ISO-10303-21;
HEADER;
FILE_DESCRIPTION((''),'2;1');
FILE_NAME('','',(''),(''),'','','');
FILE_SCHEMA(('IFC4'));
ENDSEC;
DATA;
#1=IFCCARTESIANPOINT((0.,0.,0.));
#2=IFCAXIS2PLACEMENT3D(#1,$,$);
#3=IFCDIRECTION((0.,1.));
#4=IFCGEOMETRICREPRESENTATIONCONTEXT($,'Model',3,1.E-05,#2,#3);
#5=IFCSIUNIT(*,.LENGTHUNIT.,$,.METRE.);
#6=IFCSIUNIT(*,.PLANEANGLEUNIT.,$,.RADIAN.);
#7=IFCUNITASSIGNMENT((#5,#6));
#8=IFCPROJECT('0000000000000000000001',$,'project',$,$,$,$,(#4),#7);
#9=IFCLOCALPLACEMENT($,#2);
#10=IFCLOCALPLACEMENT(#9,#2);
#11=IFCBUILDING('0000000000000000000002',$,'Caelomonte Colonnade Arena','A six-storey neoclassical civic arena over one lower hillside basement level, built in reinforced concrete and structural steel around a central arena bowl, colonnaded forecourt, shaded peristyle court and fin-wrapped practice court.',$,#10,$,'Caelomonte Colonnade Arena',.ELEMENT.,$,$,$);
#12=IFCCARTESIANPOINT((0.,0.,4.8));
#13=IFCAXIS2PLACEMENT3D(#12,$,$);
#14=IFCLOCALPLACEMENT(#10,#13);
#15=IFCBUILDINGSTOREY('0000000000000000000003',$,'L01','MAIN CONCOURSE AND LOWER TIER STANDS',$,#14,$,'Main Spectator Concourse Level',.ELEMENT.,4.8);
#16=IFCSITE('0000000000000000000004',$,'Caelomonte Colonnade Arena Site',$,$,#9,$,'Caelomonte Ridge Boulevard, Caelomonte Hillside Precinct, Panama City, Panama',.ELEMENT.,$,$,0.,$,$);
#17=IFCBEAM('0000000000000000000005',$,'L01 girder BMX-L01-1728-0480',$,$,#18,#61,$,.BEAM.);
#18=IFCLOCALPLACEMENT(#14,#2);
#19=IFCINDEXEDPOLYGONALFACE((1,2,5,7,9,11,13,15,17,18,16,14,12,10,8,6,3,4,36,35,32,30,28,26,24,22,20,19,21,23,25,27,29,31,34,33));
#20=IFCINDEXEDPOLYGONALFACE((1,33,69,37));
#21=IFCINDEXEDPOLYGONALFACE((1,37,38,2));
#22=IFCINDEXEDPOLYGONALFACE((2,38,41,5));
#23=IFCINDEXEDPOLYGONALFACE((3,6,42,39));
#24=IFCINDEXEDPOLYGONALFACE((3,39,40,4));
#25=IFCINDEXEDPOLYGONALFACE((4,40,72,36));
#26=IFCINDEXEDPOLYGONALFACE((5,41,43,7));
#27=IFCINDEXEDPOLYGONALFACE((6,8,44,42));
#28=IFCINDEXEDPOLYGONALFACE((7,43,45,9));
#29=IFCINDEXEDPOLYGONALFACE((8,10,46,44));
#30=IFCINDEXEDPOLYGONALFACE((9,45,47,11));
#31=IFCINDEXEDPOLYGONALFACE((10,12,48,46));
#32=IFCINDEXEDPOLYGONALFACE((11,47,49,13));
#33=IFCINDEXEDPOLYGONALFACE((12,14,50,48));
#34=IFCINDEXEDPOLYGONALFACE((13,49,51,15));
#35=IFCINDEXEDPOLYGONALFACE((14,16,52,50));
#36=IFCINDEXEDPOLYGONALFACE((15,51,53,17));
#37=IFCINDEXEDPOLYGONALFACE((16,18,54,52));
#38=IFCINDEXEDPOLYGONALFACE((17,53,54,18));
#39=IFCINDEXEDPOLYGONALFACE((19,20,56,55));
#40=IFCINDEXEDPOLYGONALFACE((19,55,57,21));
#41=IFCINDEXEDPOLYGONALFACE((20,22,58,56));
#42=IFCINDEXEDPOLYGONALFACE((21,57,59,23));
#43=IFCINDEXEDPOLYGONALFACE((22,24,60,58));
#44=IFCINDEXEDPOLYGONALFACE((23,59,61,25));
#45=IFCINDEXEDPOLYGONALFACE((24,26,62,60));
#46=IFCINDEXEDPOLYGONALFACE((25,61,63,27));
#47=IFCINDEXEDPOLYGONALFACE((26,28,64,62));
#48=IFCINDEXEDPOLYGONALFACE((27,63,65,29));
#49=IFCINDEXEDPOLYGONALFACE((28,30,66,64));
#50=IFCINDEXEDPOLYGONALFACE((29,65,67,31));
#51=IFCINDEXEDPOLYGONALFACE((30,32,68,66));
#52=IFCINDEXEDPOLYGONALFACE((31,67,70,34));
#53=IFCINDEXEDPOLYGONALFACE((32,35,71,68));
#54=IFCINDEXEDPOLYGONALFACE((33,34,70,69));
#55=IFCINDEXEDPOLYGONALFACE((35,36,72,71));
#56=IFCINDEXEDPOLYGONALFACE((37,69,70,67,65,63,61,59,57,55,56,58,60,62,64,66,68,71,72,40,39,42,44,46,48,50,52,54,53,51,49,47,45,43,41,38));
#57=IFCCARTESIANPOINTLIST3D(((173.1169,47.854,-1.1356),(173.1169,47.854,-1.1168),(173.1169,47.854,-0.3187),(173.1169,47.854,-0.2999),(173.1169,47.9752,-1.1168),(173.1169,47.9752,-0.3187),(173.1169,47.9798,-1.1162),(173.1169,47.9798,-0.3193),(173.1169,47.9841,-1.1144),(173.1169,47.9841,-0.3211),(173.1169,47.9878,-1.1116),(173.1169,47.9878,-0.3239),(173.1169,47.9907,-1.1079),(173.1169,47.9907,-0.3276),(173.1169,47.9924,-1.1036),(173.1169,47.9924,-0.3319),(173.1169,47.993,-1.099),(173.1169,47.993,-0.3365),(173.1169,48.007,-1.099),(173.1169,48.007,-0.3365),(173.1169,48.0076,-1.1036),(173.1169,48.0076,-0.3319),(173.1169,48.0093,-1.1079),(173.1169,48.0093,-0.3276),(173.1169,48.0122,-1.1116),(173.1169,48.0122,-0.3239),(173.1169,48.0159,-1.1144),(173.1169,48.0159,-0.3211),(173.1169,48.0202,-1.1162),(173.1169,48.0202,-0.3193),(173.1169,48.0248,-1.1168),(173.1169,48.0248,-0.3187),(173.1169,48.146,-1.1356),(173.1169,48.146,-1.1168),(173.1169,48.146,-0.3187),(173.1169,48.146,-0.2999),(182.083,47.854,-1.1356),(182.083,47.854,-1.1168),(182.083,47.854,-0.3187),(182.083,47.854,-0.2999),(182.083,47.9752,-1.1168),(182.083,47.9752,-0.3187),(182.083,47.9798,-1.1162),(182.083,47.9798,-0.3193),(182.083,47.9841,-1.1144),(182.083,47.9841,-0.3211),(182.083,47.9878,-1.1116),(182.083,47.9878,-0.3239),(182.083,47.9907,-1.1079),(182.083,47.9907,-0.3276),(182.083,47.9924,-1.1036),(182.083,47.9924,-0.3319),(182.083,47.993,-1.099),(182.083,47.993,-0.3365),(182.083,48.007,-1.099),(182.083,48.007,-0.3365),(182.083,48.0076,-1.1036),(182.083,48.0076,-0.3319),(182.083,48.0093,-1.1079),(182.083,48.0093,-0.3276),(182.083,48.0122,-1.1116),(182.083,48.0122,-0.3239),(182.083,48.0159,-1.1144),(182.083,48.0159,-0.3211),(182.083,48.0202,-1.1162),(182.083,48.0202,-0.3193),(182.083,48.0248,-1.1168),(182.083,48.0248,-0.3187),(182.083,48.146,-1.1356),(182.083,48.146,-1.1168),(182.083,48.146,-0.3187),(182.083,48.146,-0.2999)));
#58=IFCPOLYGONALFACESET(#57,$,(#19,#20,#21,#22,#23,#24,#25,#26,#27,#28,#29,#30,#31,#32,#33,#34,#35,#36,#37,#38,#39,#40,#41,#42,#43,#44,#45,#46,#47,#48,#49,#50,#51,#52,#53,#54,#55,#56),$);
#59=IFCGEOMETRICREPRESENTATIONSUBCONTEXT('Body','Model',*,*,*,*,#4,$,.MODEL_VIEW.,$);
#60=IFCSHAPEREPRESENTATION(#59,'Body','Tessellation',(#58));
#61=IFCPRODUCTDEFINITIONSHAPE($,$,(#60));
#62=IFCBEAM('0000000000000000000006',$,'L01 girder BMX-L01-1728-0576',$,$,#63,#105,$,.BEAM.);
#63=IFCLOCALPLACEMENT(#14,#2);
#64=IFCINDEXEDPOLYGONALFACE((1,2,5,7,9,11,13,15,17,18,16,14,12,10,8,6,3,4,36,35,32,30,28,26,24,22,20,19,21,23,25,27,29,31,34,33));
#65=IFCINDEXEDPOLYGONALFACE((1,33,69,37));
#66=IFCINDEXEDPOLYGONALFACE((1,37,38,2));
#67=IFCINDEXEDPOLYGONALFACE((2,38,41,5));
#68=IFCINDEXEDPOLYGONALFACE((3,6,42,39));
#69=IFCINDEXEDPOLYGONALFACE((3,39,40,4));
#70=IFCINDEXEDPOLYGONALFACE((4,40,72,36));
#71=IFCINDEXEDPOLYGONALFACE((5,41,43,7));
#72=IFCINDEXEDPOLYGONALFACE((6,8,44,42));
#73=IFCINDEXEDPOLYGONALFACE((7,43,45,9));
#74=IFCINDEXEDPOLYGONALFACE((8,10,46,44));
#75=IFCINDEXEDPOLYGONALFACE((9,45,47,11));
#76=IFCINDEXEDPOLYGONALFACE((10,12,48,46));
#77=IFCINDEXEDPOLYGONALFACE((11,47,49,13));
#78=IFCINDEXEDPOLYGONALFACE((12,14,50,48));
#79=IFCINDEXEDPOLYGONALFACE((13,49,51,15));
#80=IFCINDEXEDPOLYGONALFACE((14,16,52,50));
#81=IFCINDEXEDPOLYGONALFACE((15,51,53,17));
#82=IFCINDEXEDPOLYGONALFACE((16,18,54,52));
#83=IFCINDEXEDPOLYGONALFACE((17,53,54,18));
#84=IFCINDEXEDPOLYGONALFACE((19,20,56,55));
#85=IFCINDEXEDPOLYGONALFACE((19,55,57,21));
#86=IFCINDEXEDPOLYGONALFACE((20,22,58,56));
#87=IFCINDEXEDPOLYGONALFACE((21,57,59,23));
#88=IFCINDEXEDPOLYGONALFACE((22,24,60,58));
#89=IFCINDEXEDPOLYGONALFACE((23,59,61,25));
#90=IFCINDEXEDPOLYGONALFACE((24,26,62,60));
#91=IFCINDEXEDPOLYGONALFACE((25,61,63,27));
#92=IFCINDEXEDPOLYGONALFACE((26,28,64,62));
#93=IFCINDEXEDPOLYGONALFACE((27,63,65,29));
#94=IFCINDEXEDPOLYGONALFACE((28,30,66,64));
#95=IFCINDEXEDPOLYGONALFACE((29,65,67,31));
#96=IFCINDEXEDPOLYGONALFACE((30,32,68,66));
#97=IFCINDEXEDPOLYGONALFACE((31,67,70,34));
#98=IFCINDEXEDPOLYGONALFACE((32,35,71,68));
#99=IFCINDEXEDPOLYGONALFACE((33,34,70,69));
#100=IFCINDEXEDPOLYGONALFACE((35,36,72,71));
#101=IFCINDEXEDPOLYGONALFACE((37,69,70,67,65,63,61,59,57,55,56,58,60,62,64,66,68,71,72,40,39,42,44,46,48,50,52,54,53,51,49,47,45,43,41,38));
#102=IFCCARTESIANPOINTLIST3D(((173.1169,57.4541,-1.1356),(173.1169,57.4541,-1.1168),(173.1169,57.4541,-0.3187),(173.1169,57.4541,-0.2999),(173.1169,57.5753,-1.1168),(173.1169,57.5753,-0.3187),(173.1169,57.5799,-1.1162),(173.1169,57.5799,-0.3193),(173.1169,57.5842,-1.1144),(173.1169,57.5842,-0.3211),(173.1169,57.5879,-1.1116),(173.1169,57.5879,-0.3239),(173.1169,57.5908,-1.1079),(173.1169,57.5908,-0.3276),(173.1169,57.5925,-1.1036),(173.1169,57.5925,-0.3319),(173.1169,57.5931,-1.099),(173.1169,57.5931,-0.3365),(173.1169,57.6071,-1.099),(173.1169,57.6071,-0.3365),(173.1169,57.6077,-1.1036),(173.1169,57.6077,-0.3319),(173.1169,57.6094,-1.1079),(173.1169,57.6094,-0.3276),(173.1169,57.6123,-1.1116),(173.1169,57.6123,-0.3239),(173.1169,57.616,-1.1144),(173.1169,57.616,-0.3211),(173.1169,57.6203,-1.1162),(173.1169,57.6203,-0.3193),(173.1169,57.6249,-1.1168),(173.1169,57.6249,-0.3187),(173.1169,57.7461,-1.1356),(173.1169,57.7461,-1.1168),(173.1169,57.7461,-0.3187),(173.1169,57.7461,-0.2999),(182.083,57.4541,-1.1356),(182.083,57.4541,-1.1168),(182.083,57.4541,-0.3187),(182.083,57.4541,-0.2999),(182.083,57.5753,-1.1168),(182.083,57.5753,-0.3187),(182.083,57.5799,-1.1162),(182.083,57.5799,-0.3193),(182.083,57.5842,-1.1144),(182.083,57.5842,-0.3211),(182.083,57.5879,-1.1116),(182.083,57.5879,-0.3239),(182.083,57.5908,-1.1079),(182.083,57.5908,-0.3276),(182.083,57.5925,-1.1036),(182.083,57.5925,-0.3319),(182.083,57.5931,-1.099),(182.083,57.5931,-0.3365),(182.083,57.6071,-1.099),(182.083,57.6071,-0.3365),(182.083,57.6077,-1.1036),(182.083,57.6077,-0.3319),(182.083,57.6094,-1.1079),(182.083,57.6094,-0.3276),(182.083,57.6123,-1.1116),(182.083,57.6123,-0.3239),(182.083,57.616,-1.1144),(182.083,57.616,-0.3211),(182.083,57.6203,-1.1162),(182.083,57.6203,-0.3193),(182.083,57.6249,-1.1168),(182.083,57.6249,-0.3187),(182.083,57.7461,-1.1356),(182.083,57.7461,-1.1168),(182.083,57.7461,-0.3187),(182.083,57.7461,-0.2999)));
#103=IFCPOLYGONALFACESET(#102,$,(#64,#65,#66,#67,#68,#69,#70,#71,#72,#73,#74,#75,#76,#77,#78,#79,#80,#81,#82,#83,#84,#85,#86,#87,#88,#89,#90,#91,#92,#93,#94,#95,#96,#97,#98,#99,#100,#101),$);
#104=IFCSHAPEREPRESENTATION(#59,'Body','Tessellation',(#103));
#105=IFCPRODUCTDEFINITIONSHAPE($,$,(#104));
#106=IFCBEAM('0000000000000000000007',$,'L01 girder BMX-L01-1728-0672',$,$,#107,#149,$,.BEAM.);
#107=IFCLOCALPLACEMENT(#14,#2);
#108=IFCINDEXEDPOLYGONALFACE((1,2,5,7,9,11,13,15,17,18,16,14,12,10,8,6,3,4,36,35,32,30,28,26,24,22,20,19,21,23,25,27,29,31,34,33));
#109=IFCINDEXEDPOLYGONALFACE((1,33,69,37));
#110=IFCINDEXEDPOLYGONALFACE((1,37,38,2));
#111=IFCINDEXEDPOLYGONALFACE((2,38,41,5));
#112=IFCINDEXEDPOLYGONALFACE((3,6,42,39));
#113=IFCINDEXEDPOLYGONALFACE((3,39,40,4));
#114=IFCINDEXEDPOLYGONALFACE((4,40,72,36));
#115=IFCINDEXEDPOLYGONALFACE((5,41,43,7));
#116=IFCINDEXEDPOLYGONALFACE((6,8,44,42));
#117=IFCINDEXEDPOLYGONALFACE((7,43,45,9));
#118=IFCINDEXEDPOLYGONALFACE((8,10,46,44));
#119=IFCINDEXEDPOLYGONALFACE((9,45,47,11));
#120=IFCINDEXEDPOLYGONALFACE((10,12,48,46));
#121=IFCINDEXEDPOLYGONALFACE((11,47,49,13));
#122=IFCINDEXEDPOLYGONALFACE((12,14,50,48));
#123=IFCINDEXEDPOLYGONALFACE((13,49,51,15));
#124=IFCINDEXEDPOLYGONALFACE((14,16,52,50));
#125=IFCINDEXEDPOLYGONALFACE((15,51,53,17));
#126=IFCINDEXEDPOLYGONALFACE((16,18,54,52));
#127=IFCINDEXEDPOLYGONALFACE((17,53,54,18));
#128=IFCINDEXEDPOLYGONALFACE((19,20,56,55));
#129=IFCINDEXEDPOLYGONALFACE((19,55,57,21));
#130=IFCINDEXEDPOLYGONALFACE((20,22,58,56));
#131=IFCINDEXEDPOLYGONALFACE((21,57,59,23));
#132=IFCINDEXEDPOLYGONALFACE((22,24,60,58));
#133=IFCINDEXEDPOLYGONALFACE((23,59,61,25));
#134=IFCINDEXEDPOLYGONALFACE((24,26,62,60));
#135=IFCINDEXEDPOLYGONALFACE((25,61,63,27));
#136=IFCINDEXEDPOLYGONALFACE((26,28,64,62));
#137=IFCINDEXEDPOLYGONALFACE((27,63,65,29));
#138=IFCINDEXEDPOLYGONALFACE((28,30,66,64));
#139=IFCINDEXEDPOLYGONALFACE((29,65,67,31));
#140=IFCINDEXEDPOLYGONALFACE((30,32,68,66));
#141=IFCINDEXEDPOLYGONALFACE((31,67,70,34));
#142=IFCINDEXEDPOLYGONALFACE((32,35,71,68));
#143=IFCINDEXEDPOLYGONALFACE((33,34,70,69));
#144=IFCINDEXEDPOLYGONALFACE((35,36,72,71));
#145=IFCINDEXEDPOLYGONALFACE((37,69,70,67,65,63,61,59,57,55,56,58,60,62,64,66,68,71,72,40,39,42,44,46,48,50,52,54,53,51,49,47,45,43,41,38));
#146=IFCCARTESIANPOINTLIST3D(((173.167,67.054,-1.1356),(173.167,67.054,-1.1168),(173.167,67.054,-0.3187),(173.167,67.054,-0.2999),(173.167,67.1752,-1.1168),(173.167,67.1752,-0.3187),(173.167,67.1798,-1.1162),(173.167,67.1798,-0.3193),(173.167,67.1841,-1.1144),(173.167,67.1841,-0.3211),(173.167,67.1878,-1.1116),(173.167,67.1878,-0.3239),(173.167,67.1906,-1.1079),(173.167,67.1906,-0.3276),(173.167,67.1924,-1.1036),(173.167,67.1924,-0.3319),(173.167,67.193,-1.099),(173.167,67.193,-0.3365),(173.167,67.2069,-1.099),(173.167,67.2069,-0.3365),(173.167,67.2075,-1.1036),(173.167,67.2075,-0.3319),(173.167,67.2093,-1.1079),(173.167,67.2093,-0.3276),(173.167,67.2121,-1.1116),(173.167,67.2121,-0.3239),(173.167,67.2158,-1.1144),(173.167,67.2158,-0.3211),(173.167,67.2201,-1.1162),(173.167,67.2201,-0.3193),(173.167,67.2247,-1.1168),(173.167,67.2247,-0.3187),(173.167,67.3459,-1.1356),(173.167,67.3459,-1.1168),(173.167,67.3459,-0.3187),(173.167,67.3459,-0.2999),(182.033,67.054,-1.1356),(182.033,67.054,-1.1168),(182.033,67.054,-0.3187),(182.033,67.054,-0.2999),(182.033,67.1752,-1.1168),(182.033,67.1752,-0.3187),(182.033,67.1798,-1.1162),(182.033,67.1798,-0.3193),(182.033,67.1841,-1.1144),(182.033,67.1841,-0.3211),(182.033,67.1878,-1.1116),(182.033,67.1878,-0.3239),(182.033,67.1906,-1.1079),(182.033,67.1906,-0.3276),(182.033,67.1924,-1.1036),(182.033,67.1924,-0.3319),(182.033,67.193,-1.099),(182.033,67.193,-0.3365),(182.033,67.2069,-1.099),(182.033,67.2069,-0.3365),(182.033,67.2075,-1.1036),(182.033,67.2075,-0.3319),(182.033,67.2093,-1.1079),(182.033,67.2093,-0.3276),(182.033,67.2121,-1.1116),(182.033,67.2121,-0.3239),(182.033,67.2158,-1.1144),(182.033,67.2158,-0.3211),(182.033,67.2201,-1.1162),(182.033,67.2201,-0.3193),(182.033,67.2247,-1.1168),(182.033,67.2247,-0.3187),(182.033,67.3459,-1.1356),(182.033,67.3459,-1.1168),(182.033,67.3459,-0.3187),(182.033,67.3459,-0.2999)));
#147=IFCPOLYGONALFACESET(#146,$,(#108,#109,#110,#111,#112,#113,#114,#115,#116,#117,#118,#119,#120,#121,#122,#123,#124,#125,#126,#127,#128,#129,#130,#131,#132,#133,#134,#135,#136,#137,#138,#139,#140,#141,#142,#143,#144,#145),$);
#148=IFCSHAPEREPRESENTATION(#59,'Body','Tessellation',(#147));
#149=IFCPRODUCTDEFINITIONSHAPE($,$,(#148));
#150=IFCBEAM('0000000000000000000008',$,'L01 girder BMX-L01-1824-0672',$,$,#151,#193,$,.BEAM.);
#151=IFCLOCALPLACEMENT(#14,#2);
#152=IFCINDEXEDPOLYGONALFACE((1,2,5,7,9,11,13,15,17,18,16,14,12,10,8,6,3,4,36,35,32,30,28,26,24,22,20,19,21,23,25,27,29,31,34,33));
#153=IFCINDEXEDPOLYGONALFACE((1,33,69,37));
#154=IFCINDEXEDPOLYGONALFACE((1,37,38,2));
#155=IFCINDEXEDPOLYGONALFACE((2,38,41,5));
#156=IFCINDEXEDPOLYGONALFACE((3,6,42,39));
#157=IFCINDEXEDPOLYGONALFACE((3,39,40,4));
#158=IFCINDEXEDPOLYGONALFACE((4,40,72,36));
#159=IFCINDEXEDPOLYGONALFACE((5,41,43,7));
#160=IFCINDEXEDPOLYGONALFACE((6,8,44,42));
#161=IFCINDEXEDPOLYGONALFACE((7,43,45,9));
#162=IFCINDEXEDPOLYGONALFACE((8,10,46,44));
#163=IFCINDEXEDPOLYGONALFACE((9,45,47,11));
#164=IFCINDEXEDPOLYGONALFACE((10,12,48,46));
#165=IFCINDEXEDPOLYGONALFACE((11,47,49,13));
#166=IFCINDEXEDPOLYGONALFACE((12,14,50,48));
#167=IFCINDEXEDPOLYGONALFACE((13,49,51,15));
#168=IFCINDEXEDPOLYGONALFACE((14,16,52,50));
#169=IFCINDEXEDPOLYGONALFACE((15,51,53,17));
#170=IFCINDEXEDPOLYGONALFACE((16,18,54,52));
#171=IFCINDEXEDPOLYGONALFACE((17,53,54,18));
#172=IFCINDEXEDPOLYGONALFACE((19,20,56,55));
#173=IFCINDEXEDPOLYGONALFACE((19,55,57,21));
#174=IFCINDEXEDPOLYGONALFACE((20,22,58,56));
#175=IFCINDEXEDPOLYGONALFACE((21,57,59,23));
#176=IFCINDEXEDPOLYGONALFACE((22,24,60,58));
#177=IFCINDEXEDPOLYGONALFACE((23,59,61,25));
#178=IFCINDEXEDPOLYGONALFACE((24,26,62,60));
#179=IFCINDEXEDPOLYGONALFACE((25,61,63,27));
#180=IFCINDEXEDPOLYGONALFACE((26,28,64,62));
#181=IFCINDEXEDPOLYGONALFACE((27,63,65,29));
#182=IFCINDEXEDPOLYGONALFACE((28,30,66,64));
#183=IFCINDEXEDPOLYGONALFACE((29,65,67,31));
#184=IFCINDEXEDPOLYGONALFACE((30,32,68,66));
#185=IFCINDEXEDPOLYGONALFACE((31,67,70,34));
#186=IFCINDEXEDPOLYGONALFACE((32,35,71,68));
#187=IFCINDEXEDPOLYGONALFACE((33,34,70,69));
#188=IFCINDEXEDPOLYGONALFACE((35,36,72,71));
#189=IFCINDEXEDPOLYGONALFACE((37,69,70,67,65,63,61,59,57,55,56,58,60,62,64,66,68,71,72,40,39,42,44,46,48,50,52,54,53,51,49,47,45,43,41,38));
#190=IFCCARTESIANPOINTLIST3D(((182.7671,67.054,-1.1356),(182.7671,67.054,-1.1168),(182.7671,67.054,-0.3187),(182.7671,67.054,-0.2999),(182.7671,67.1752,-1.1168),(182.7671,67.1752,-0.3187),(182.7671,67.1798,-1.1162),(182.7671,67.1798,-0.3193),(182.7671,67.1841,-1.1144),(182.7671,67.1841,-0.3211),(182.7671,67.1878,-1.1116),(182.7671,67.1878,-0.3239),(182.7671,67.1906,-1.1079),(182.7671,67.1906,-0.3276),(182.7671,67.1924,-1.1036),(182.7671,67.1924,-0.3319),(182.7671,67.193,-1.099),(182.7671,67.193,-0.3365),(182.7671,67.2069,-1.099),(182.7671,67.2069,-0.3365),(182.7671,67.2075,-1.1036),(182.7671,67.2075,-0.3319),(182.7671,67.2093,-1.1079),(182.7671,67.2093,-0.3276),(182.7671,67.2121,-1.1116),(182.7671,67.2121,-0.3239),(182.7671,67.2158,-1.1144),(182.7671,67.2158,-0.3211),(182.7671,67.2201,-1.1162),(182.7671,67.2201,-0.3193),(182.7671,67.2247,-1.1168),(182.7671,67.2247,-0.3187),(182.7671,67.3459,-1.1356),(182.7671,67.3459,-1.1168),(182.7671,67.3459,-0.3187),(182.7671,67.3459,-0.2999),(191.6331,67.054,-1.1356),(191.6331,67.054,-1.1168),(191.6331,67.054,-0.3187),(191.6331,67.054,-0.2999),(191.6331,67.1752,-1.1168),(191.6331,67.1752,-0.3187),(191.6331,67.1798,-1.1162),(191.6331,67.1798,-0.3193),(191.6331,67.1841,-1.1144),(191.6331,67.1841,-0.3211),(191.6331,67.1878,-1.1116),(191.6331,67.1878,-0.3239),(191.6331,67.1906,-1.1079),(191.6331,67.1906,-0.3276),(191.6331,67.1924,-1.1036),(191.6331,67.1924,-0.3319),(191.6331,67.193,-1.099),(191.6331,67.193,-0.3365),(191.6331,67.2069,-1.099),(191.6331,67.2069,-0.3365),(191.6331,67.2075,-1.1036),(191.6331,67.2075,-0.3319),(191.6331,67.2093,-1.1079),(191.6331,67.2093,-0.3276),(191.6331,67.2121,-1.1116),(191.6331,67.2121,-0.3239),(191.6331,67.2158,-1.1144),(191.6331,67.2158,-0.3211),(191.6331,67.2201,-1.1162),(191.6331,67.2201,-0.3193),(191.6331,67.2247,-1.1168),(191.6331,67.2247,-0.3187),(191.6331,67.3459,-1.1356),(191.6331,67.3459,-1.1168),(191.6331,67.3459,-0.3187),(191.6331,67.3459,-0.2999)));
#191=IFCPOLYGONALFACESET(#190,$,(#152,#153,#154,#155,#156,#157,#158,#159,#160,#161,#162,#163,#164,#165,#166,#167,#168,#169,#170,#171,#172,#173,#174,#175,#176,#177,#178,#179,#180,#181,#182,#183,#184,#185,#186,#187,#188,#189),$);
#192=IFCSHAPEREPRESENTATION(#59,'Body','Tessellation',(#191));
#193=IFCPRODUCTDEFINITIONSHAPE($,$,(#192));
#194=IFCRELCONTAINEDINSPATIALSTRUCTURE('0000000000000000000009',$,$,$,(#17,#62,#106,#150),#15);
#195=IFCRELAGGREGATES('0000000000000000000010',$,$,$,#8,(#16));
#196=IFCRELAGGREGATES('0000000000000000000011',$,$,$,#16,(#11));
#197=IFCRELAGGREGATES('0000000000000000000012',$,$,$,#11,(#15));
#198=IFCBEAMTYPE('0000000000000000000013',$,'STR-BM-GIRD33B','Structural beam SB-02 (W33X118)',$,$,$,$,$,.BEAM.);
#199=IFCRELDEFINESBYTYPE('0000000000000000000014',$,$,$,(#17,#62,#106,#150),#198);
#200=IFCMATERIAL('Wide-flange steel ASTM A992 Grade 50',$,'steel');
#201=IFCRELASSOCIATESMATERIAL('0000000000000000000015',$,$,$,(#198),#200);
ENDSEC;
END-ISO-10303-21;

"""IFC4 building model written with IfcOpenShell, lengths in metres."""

from ifc_helpers import new_model, si_unit, direction, frame, origin, origin_2d, place, context, subcontext, project, spatial, i_section, extrude, material, material_profile, profile_set, type_object, element, save


model = new_model("IFC4")

# Units and contexts
model_context = context("Model", 3, precision=1e-05, world=origin(), true_north=direction((0.0, 1.0)))
body_context = subcontext(model_context, "Body", "Model", "MODEL_VIEW")
ifc_project = project(units=[si_unit("LENGTHUNIT", "METRE"), si_unit("PLANEANGLEUNIT", "RADIAN")], contexts=[model_context])

# Site, building, storey
site_placement = place(None, origin())
site = spatial("IfcSite", under=ifc_project, at=site_placement, Name="Caelomonte Colonnade Arena Site", LongName="Caelomonte Ridge Boulevard, Caelomonte Hillside Precinct, Panama City, Panama", CompositionType="ELEMENT", RefElevation=0.0)
building_placement = place(site_placement, origin())
building = spatial("IfcBuilding", under=site, at=building_placement, Name="Caelomonte Colonnade Arena", Description="A six-storey neoclassical civic arena over one lower hillside basement level, built in reinforced concrete and structural steel around a central arena bowl, colonnaded forecourt, shaded peristyle court and fin-wrapped practice court.", LongName="Caelomonte Colonnade Arena", CompositionType="ELEMENT")
storey_placement = place(building_placement, frame((0.0, 0.0, 4.8)))
storey = spatial("IfcBuildingStorey", under=building, at=storey_placement, Name="L01", Description="MAIN CONCOURSE AND LOWER TIER STANDS", LongName="Main Spectator Concourse Level", CompositionType="ELEMENT", Elevation=4.8)

# Beams
ifc_material_1 = material(Name="Wide-flange steel ASTM A992 Grade 50", Category="steel")
ifc_material_profile_1 = material_profile(ifc_material_1, i_section(OverallWidth=0.292, OverallDepth=0.8357, WebThickness=0.0139, FlangeThickness=0.0188, FilletRadius=0.0178, at=origin_2d()), Name="W33X118")
ifc_profile_set_1 = profile_set([ifc_material_profile_1], Name="Wide-flange steel ASTM A992 Grade 50")
beam_type_1 = type_object("IfcBeamType", Name="STR-BM-GIRD33B", Description="Structural beam SB-02 (W33X118)", PredefinedType="BEAM", material=ifc_profile_set_1)
for number, where, z_axis, x_axis, name in (
    (1, (173.1169, 48.0, -0.7178), (1.0, 0.0, 0.0), (0.0, 1.0, 0.0), "L01 girder BMX-L01-1728-0480"),
    (2, (173.1169, 57.6001, -0.7178), (1.0, 0.0, 0.0), (0.0, 1.0, 0.0), "L01 girder BMX-L01-1728-0576"),
):
    element("IfcBeam", number, at=place(storey_placement, frame(where, z_axis=z_axis, x_axis=x_axis)), inside=storey, type_object=beam_type_1, Name=name, PredefinedType="BEAM", context=body_context, shape_type="SweptSolid", body=[
        extrude(i_section(OverallWidth=0.292, OverallDepth=0.8357, WebThickness=0.0139, FlangeThickness=0.0188, FilletRadius=0.0178, at=origin_2d()), origin(), (0.0, 0.0, 1.0), 8.9661),
    ])
for number, where, z_axis, x_axis, name in (
    (3, (173.167, 67.2, -0.7178), (1.0, 0.0, 0.0), (0.0, 1.0, 0.0), "L01 girder BMX-L01-1728-0672"),
    (4, (182.7671, 67.2, -0.7178), (1.0, 0.0, 0.0), (0.0, 1.0, 0.0), "L01 girder BMX-L01-1824-0672"),
):
    element("IfcBeam", number, at=place(storey_placement, frame(where, z_axis=z_axis, x_axis=x_axis)), inside=storey, type_object=beam_type_1, Name=name, PredefinedType="BEAM", context=body_context, shape_type="SweptSolid", body=[
        extrude(i_section(OverallWidth=0.292, OverallDepth=0.8357, WebThickness=0.0139, FlangeThickness=0.0188, FilletRadius=0.0178, at=origin_2d()), origin(), (0.0, 0.0, 1.0), 8.866),
    ])

save(model, "model.ifc")
